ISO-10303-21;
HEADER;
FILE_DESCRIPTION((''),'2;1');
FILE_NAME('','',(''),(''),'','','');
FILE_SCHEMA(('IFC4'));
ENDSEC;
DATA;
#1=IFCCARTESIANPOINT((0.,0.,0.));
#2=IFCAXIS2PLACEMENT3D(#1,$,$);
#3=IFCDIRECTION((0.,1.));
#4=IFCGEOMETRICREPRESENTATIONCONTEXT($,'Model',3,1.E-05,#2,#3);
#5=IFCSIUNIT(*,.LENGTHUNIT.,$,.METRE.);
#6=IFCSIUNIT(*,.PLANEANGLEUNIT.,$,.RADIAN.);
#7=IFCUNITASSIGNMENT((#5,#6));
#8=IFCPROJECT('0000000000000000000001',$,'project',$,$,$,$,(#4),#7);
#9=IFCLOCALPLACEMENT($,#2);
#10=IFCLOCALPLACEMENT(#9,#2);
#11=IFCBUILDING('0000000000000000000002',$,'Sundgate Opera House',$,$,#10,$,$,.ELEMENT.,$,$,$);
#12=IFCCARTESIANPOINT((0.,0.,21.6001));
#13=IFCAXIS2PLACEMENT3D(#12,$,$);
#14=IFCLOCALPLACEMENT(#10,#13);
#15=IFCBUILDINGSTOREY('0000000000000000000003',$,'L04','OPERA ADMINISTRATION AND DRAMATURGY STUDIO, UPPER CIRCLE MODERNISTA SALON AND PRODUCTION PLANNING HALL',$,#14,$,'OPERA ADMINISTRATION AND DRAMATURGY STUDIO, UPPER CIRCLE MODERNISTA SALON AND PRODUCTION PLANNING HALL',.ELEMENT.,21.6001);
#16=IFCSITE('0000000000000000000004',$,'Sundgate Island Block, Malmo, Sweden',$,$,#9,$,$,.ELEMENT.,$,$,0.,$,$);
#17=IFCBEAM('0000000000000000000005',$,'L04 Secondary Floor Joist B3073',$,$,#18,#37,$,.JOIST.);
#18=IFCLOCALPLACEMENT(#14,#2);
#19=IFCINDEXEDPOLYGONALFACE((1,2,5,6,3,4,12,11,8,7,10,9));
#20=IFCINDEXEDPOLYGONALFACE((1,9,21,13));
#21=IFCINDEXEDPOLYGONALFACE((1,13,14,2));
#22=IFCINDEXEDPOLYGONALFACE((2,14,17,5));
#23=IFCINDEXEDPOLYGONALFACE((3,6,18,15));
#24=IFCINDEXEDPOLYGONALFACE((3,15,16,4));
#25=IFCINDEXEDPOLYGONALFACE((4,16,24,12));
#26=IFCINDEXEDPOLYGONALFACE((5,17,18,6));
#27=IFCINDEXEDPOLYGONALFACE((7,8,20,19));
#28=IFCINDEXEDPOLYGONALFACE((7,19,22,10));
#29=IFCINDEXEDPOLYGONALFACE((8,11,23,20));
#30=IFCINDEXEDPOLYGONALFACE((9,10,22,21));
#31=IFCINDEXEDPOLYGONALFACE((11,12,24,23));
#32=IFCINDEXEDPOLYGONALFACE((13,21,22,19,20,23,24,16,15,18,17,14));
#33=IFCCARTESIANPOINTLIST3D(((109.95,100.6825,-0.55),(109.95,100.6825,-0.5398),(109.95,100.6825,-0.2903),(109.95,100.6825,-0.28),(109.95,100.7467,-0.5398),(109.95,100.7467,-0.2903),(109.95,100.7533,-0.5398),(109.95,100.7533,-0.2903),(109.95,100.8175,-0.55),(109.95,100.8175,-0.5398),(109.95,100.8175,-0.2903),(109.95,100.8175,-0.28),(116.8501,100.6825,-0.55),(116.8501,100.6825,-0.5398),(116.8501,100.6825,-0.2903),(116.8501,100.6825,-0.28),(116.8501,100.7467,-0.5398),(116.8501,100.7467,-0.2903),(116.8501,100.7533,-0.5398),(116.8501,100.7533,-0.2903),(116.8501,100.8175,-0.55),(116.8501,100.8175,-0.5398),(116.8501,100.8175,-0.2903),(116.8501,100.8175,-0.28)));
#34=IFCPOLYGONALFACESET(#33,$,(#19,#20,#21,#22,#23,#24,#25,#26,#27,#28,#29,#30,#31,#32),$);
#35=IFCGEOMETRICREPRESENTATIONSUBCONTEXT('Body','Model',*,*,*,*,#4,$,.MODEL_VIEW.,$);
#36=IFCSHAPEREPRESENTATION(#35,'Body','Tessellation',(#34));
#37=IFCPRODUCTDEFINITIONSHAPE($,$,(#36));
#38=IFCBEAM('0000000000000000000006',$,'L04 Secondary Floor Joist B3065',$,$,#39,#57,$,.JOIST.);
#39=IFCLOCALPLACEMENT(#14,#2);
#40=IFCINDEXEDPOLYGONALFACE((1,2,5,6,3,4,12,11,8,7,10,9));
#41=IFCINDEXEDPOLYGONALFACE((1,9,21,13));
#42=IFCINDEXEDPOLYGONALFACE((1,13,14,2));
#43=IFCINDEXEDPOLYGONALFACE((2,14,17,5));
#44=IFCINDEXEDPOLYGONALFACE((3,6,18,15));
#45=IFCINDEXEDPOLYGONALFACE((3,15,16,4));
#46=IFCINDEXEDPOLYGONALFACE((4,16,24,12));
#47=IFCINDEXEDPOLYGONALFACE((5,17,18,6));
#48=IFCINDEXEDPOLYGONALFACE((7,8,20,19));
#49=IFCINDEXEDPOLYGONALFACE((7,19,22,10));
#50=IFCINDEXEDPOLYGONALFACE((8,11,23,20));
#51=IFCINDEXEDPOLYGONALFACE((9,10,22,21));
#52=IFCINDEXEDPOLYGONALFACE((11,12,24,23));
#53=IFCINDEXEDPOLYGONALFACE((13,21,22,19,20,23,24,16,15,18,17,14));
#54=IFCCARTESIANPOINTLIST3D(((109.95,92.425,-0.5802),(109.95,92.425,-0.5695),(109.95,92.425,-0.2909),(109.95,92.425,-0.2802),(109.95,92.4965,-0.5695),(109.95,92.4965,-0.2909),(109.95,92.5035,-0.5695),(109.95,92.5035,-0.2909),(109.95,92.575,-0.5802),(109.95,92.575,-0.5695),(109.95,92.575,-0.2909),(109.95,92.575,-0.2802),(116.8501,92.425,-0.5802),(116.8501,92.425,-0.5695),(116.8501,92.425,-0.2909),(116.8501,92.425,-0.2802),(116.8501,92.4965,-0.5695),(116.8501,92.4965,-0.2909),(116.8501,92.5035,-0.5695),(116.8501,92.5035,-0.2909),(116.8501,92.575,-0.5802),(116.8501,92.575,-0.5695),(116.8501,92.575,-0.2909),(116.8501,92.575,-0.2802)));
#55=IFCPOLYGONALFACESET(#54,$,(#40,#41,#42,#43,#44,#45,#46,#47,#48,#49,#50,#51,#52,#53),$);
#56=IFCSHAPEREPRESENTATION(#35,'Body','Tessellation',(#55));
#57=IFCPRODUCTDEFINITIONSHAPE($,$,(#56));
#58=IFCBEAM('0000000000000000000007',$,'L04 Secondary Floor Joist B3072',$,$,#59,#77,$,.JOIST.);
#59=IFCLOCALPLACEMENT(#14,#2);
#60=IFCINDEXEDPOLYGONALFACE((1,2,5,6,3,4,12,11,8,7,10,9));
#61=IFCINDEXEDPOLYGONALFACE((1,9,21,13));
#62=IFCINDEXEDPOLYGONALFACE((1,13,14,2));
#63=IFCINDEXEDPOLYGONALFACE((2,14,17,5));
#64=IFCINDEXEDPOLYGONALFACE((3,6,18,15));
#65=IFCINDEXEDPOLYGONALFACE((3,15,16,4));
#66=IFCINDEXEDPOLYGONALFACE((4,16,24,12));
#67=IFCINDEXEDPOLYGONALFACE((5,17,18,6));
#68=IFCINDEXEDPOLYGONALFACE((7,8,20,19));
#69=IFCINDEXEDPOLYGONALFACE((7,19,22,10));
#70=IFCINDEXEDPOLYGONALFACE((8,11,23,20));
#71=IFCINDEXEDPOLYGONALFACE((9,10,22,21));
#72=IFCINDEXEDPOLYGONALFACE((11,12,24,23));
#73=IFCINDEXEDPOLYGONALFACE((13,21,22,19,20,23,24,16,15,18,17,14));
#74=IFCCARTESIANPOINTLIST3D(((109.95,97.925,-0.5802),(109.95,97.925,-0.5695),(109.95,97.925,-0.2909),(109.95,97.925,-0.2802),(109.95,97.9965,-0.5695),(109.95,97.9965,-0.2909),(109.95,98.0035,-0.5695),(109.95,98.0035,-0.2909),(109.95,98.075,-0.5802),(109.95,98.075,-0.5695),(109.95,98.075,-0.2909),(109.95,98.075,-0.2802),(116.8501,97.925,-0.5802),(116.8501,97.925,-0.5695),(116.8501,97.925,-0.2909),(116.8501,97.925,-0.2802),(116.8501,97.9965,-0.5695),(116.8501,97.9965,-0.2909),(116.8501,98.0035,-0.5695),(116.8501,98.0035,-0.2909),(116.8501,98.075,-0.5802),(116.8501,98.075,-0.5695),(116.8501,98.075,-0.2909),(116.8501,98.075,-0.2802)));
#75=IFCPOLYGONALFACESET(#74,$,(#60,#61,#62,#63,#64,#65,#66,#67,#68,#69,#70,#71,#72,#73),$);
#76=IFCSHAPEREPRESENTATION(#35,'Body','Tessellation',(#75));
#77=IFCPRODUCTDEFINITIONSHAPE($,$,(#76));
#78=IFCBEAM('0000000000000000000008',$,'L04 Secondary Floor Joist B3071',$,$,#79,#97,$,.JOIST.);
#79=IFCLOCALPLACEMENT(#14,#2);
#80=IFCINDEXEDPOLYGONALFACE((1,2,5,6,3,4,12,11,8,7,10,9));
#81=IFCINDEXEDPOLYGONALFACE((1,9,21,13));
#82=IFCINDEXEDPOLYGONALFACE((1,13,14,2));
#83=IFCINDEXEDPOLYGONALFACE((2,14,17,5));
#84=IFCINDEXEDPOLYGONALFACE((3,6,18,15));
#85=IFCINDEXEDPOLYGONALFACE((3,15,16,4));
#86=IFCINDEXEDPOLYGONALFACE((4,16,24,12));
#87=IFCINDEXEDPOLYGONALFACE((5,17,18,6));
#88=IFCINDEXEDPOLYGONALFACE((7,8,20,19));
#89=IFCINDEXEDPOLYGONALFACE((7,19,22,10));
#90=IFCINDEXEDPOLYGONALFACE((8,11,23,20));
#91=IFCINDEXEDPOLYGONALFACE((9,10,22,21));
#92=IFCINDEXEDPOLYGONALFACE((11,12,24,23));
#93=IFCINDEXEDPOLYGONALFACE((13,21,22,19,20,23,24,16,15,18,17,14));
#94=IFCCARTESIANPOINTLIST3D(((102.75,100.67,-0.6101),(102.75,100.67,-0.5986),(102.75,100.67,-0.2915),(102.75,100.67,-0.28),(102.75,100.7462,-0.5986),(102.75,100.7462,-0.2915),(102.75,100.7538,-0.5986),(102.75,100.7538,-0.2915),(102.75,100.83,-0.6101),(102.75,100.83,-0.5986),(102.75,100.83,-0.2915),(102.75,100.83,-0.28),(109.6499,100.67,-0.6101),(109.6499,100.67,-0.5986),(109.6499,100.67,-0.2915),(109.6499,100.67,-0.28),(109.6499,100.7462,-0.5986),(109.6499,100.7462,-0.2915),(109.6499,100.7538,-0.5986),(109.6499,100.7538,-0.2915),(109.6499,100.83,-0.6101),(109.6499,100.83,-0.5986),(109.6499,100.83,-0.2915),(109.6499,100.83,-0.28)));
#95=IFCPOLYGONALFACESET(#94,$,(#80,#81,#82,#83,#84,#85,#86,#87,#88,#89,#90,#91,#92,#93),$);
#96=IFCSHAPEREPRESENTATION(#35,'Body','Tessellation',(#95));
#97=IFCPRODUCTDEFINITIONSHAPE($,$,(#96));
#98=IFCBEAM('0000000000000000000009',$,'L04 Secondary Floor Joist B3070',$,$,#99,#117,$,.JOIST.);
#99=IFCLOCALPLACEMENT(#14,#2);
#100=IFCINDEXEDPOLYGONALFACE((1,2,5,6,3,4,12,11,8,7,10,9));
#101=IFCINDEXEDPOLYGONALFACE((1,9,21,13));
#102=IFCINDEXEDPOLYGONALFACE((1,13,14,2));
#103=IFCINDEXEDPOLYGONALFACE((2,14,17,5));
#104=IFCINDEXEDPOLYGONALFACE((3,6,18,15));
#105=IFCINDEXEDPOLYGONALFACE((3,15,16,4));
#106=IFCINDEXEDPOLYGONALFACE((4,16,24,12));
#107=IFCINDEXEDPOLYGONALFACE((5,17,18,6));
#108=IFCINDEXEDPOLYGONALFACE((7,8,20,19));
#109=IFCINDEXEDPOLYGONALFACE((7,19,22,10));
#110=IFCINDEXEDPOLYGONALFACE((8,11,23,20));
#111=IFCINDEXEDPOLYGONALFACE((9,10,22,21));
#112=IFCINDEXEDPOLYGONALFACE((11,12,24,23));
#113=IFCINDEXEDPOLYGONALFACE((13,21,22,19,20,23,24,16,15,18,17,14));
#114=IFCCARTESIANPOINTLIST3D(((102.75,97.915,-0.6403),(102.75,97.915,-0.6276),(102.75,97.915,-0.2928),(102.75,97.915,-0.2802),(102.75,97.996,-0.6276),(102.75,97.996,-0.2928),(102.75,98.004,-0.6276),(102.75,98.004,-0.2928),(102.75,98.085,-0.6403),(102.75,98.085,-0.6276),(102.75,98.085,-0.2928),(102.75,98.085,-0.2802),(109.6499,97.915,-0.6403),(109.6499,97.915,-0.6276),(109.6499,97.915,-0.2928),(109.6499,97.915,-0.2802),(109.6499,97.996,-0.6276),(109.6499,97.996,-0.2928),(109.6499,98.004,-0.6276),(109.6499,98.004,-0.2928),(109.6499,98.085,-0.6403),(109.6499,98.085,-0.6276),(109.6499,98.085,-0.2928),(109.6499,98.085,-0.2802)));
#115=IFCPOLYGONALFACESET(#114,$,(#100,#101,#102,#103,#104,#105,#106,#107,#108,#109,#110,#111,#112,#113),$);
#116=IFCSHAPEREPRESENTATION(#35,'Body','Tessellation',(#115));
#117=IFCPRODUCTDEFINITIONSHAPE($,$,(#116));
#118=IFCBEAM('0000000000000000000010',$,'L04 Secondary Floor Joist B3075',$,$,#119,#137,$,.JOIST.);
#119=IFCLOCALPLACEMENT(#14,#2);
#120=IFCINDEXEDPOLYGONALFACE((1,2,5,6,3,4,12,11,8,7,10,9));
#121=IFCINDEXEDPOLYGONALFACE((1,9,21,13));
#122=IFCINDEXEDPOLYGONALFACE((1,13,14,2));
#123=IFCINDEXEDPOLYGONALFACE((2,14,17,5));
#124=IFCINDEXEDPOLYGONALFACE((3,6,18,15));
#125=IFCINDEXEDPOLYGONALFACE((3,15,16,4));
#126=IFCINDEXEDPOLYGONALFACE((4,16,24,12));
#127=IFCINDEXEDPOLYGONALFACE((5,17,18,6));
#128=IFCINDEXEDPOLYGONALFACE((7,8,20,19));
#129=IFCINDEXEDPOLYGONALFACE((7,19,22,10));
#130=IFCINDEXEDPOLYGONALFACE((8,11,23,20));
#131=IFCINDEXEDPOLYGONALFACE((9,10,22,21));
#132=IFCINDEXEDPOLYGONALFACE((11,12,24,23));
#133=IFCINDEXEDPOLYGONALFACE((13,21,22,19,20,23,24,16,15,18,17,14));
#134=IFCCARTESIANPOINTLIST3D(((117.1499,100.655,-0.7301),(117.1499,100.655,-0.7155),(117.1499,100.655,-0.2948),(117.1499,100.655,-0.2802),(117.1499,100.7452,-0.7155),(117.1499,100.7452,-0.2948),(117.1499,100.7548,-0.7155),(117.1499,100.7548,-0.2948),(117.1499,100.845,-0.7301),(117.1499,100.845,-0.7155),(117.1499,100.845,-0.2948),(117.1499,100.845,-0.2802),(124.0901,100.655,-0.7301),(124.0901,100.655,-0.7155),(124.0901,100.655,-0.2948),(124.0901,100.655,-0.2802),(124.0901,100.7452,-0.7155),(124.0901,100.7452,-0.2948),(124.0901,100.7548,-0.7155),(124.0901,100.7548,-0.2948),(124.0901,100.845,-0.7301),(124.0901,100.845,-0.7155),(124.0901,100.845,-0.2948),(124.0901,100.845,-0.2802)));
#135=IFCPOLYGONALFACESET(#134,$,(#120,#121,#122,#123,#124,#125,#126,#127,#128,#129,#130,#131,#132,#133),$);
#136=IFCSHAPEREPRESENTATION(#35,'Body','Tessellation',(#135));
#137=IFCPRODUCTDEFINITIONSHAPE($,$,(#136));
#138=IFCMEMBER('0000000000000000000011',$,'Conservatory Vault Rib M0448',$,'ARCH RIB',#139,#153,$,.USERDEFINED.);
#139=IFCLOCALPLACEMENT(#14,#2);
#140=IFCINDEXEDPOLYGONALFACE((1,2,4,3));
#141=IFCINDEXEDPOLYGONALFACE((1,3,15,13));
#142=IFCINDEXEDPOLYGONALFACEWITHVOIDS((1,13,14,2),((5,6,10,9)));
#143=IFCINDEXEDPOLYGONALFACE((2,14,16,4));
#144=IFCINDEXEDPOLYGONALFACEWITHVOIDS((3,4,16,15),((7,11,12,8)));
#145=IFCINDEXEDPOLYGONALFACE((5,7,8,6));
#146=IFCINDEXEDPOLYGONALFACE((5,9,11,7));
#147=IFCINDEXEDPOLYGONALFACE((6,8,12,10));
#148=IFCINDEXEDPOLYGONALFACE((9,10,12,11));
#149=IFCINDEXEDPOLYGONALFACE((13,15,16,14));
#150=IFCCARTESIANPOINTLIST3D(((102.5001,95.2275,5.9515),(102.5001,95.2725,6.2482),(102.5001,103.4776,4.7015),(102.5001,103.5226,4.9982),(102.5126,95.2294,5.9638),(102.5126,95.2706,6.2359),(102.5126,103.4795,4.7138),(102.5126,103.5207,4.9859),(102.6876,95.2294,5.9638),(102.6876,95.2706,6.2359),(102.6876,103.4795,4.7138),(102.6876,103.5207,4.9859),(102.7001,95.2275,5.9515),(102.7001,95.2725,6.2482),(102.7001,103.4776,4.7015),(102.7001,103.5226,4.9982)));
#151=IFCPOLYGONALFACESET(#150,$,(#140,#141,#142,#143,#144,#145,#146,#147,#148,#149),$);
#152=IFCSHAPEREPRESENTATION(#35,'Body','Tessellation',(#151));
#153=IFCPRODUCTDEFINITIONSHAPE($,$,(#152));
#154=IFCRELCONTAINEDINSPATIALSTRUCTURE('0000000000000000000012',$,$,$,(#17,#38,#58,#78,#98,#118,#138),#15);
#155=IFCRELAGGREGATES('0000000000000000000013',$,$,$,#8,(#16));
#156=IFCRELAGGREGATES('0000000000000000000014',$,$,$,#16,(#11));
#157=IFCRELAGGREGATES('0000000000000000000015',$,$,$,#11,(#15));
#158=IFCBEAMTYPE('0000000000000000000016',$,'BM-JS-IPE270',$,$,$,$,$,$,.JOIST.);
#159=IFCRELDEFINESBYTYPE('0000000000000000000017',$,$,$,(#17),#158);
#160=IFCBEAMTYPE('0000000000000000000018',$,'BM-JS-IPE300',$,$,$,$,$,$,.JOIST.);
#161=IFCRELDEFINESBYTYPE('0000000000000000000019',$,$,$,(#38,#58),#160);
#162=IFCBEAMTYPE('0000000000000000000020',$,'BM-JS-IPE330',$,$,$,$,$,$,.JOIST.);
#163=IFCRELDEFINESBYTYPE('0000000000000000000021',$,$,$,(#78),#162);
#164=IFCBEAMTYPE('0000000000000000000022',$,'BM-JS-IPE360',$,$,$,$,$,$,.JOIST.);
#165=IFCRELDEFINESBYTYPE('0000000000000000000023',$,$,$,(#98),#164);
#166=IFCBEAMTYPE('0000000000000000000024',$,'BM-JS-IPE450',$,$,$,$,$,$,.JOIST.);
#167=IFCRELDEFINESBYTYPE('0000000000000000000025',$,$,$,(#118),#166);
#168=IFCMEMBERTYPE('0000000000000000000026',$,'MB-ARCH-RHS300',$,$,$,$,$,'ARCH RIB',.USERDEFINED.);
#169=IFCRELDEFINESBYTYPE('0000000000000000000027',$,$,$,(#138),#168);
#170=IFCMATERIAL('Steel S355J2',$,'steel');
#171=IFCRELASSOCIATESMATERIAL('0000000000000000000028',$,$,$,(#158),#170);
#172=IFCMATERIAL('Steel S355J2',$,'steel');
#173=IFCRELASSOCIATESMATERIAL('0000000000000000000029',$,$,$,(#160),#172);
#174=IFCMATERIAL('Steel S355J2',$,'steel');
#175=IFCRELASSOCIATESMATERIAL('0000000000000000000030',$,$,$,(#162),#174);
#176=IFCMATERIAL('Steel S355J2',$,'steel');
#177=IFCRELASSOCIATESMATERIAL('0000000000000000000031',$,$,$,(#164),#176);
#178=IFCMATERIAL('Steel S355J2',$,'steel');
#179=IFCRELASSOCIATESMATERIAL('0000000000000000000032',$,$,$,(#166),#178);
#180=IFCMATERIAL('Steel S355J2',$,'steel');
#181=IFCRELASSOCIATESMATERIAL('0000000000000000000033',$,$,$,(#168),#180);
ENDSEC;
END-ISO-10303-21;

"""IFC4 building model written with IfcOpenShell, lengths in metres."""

from ifc_helpers import new_model, si_unit, direction, frame, origin, origin_2d, place, context, subcontext, project, spatial, hollow_rectangle, i_section, extrude, material, material_profile, profile_set, type_object, element, save


model = new_model("IFC4")

# Units and contexts
model_context = context("Model", 3, precision=1e-05, world=origin(), true_north=direction((0.0, 1.0)))
body_context = subcontext(model_context, "Body", "Model", "MODEL_VIEW")
ifc_project = project(units=[si_unit("LENGTHUNIT", "METRE"), si_unit("PLANEANGLEUNIT", "RADIAN")], contexts=[model_context])

# Site, building, storey
site_placement = place(None, origin())
site = spatial("IfcSite", under=ifc_project, at=site_placement, Name="Sundgate Island Block, Malmo, Sweden", CompositionType="ELEMENT", RefElevation=0.0)
building_placement = place(site_placement, origin())
building = spatial("IfcBuilding", under=site, at=building_placement, Name="Sundgate Opera House", CompositionType="ELEMENT")
storey_placement = place(building_placement, frame((0.0, 0.0, 21.6001)))
storey = spatial("IfcBuildingStorey", under=building, at=storey_placement, Name="L04", Description="OPERA ADMINISTRATION AND DRAMATURGY STUDIO, UPPER CIRCLE MODERNISTA SALON AND PRODUCTION PLANNING HALL", LongName="OPERA ADMINISTRATION AND DRAMATURGY STUDIO, UPPER CIRCLE MODERNISTA SALON AND PRODUCTION PLANNING HALL", CompositionType="ELEMENT", Elevation=21.6001)

# Beams
ifc_material_1 = material(Name="Steel S355J2", Category="steel")
ifc_material_profile_1 = material_profile(ifc_material_1, i_section(OverallWidth=0.135, OverallDepth=0.27, WebThickness=0.0066, FlangeThickness=0.0103, at=origin_2d()), Name="IPE 270")
ifc_profile_set_1 = profile_set([ifc_material_profile_1], Name="Steel S355J2")
beam_type_1 = type_object("IfcBeamType", Name="BM-JS-IPE270", PredefinedType="JOIST", material=ifc_profile_set_1)
beam_1_placement = place(storey_placement, frame((109.95, 100.75, -0.415), z_axis=(1.0, 0.0, 0.0), x_axis=(0.0, 1.0, 0.0)))
element("IfcBeam", 1, at=beam_1_placement, inside=storey, type_object=beam_type_1, Name="L04 Secondary Floor Joist B3073", PredefinedType="JOIST", context=body_context, shape_type="SweptSolid", body=[
    extrude(i_section(OverallWidth=0.135, OverallDepth=0.27, WebThickness=0.0066, FlangeThickness=0.0103, at=origin_2d()), origin(), (0.0, 0.0, 1.0), 6.9001),
])
ifc_material_2 = material(Name="Steel S355J2", Category="steel")
ifc_material_profile_2 = material_profile(ifc_material_2, i_section(OverallWidth=0.1499, OverallDepth=0.3, WebThickness=0.0071, FlangeThickness=0.0107, at=origin_2d()), Name="IPE 300")
ifc_profile_set_2 = profile_set([ifc_material_profile_2], Name="Steel S355J2")
beam_type_2 = type_object("IfcBeamType", Name="BM-JS-IPE300", PredefinedType="JOIST", material=ifc_profile_set_2)
for number, where, z_axis, x_axis, name in (
    (2, (109.95, 92.5, -0.4302), (1.0, 0.0, 0.0), (0.0, 1.0, 0.0), "L04 Secondary Floor Joist B3065"),
    (3, (109.95, 98.0, -0.4302), (1.0, 0.0, 0.0), (0.0, 1.0, 0.0), "L04 Secondary Floor Joist B3072"),
):
    element("IfcBeam", number, at=place(storey_placement, frame(where, z_axis=z_axis, x_axis=x_axis)), inside=storey, type_object=beam_type_2, Name=name, PredefinedType="JOIST", context=body_context, shape_type="SweptSolid", body=[
        extrude(i_section(OverallWidth=0.1499, OverallDepth=0.3, WebThickness=0.0071, FlangeThickness=0.0107, at=origin_2d()), origin(), (0.0, 0.0, 1.0), 6.9001),
    ])
ifc_material_3 = material(Name="Steel S355J2", Category="steel")
ifc_material_profile_3 = material_profile(ifc_material_3, i_section(OverallWidth=0.1599, OverallDepth=0.3301, WebThickness=0.0076, FlangeThickness=0.0115, at=origin_2d()), Name="IPE 330")
ifc_profile_set_3 = profile_set([ifc_material_profile_3], Name="Steel S355J2")
beam_type_3 = type_object("IfcBeamType", Name="BM-JS-IPE330", PredefinedType="JOIST", material=ifc_profile_set_3)
beam_2_placement = place(storey_placement, frame((102.75, 100.75, -0.4451), z_axis=(1.0, 0.0, 0.0), x_axis=(0.0, 1.0, 0.0)))
element("IfcBeam", 4, at=beam_2_placement, inside=storey, type_object=beam_type_3, Name="L04 Secondary Floor Joist B3071", PredefinedType="JOIST", context=body_context, shape_type="SweptSolid", body=[
    extrude(i_section(OverallWidth=0.1599, OverallDepth=0.3301, WebThickness=0.0076, FlangeThickness=0.0115, at=origin_2d()), origin(), (0.0, 0.0, 1.0), 6.8999),
])
ifc_material_4 = material(Name="Steel S355J2", Category="steel")
ifc_material_profile_4 = material_profile(ifc_material_4, i_section(OverallWidth=0.1699, OverallDepth=0.3601, WebThickness=0.0081, FlangeThickness=0.0127, at=origin_2d()), Name="IPE 360")
ifc_profile_set_4 = profile_set([ifc_material_profile_4], Name="Steel S355J2")
beam_type_4 = type_object("IfcBeamType", Name="BM-JS-IPE360", PredefinedType="JOIST", material=ifc_profile_set_4)
beam_3_placement = place(storey_placement, frame((102.75, 98.0, -0.4602), z_axis=(1.0, 0.0, 0.0), x_axis=(0.0, 1.0, 0.0)))
element("IfcBeam", 5, at=beam_3_placement, inside=storey, type_object=beam_type_4, Name="L04 Secondary Floor Joist B3070", PredefinedType="JOIST", context=body_context, shape_type="SweptSolid", body=[
    extrude(i_section(OverallWidth=0.1699, OverallDepth=0.3601, WebThickness=0.0081, FlangeThickness=0.0127, at=origin_2d()), origin(), (0.0, 0.0, 1.0), 6.8999),
])
ifc_material_5 = material(Name="Steel S355J2", Category="steel")
ifc_material_profile_5 = material_profile(ifc_material_5, i_section(OverallWidth=0.1899, OverallDepth=0.45, WebThickness=0.0095, FlangeThickness=0.0146, at=origin_2d()), Name="IPE 450")
ifc_profile_set_5 = profile_set([ifc_material_profile_5], Name="Steel S355J2")
beam_type_5 = type_object("IfcBeamType", Name="BM-JS-IPE450", PredefinedType="JOIST", material=ifc_profile_set_5)
beam_4_placement = place(storey_placement, frame((117.1499, 100.75, -0.5051), z_axis=(1.0, 0.0, 0.0), x_axis=(0.0, 1.0, 0.0)))
element("IfcBeam", 6, at=beam_4_placement, inside=storey, type_object=beam_type_5, Name="L04 Secondary Floor Joist B3075", PredefinedType="JOIST", context=body_context, shape_type="SweptSolid", body=[
    extrude(i_section(OverallWidth=0.1899, OverallDepth=0.45, WebThickness=0.0095, FlangeThickness=0.0146, at=origin_2d()), origin(), (0.0, 0.0, 1.0), 6.9402),
])

# Member
ifc_material_6 = material(Name="Steel S355J2", Category="steel")
ifc_material_profile_6 = material_profile(ifc_material_6, hollow_rectangle(XDim=0.2, YDim=0.3, WallThickness=0.0125, at=origin_2d()), Name="RHS 300x200x12.5")
ifc_profile_set_6 = profile_set([ifc_material_profile_6], Name="Steel S355J2")
member_type_1 = type_object("IfcMemberType", Name="MB-ARCH-RHS300", ElementType="ARCH RIB", PredefinedType="USERDEFINED", material=ifc_profile_set_6)
member_1_placement = place(storey_placement, frame((102.6001, 95.25, 6.0999), z_axis=(0.0, 0.988716, -0.149805), x_axis=(-1.0, 0.0, 0.0)))
element("IfcMember", 7, at=member_1_placement, inside=storey, type_object=member_type_1, Name="Conservatory Vault Rib M0448", ObjectType="ARCH RIB", PredefinedType="USERDEFINED", context=body_context, shape_type="SweptSolid", body=[
    extrude(hollow_rectangle(XDim=0.2, YDim=0.3, WallThickness=0.0125, at=origin_2d()), origin(), (0.0, 0.0, 1.0), 8.3442),
])

save(model, "model.ifc")
